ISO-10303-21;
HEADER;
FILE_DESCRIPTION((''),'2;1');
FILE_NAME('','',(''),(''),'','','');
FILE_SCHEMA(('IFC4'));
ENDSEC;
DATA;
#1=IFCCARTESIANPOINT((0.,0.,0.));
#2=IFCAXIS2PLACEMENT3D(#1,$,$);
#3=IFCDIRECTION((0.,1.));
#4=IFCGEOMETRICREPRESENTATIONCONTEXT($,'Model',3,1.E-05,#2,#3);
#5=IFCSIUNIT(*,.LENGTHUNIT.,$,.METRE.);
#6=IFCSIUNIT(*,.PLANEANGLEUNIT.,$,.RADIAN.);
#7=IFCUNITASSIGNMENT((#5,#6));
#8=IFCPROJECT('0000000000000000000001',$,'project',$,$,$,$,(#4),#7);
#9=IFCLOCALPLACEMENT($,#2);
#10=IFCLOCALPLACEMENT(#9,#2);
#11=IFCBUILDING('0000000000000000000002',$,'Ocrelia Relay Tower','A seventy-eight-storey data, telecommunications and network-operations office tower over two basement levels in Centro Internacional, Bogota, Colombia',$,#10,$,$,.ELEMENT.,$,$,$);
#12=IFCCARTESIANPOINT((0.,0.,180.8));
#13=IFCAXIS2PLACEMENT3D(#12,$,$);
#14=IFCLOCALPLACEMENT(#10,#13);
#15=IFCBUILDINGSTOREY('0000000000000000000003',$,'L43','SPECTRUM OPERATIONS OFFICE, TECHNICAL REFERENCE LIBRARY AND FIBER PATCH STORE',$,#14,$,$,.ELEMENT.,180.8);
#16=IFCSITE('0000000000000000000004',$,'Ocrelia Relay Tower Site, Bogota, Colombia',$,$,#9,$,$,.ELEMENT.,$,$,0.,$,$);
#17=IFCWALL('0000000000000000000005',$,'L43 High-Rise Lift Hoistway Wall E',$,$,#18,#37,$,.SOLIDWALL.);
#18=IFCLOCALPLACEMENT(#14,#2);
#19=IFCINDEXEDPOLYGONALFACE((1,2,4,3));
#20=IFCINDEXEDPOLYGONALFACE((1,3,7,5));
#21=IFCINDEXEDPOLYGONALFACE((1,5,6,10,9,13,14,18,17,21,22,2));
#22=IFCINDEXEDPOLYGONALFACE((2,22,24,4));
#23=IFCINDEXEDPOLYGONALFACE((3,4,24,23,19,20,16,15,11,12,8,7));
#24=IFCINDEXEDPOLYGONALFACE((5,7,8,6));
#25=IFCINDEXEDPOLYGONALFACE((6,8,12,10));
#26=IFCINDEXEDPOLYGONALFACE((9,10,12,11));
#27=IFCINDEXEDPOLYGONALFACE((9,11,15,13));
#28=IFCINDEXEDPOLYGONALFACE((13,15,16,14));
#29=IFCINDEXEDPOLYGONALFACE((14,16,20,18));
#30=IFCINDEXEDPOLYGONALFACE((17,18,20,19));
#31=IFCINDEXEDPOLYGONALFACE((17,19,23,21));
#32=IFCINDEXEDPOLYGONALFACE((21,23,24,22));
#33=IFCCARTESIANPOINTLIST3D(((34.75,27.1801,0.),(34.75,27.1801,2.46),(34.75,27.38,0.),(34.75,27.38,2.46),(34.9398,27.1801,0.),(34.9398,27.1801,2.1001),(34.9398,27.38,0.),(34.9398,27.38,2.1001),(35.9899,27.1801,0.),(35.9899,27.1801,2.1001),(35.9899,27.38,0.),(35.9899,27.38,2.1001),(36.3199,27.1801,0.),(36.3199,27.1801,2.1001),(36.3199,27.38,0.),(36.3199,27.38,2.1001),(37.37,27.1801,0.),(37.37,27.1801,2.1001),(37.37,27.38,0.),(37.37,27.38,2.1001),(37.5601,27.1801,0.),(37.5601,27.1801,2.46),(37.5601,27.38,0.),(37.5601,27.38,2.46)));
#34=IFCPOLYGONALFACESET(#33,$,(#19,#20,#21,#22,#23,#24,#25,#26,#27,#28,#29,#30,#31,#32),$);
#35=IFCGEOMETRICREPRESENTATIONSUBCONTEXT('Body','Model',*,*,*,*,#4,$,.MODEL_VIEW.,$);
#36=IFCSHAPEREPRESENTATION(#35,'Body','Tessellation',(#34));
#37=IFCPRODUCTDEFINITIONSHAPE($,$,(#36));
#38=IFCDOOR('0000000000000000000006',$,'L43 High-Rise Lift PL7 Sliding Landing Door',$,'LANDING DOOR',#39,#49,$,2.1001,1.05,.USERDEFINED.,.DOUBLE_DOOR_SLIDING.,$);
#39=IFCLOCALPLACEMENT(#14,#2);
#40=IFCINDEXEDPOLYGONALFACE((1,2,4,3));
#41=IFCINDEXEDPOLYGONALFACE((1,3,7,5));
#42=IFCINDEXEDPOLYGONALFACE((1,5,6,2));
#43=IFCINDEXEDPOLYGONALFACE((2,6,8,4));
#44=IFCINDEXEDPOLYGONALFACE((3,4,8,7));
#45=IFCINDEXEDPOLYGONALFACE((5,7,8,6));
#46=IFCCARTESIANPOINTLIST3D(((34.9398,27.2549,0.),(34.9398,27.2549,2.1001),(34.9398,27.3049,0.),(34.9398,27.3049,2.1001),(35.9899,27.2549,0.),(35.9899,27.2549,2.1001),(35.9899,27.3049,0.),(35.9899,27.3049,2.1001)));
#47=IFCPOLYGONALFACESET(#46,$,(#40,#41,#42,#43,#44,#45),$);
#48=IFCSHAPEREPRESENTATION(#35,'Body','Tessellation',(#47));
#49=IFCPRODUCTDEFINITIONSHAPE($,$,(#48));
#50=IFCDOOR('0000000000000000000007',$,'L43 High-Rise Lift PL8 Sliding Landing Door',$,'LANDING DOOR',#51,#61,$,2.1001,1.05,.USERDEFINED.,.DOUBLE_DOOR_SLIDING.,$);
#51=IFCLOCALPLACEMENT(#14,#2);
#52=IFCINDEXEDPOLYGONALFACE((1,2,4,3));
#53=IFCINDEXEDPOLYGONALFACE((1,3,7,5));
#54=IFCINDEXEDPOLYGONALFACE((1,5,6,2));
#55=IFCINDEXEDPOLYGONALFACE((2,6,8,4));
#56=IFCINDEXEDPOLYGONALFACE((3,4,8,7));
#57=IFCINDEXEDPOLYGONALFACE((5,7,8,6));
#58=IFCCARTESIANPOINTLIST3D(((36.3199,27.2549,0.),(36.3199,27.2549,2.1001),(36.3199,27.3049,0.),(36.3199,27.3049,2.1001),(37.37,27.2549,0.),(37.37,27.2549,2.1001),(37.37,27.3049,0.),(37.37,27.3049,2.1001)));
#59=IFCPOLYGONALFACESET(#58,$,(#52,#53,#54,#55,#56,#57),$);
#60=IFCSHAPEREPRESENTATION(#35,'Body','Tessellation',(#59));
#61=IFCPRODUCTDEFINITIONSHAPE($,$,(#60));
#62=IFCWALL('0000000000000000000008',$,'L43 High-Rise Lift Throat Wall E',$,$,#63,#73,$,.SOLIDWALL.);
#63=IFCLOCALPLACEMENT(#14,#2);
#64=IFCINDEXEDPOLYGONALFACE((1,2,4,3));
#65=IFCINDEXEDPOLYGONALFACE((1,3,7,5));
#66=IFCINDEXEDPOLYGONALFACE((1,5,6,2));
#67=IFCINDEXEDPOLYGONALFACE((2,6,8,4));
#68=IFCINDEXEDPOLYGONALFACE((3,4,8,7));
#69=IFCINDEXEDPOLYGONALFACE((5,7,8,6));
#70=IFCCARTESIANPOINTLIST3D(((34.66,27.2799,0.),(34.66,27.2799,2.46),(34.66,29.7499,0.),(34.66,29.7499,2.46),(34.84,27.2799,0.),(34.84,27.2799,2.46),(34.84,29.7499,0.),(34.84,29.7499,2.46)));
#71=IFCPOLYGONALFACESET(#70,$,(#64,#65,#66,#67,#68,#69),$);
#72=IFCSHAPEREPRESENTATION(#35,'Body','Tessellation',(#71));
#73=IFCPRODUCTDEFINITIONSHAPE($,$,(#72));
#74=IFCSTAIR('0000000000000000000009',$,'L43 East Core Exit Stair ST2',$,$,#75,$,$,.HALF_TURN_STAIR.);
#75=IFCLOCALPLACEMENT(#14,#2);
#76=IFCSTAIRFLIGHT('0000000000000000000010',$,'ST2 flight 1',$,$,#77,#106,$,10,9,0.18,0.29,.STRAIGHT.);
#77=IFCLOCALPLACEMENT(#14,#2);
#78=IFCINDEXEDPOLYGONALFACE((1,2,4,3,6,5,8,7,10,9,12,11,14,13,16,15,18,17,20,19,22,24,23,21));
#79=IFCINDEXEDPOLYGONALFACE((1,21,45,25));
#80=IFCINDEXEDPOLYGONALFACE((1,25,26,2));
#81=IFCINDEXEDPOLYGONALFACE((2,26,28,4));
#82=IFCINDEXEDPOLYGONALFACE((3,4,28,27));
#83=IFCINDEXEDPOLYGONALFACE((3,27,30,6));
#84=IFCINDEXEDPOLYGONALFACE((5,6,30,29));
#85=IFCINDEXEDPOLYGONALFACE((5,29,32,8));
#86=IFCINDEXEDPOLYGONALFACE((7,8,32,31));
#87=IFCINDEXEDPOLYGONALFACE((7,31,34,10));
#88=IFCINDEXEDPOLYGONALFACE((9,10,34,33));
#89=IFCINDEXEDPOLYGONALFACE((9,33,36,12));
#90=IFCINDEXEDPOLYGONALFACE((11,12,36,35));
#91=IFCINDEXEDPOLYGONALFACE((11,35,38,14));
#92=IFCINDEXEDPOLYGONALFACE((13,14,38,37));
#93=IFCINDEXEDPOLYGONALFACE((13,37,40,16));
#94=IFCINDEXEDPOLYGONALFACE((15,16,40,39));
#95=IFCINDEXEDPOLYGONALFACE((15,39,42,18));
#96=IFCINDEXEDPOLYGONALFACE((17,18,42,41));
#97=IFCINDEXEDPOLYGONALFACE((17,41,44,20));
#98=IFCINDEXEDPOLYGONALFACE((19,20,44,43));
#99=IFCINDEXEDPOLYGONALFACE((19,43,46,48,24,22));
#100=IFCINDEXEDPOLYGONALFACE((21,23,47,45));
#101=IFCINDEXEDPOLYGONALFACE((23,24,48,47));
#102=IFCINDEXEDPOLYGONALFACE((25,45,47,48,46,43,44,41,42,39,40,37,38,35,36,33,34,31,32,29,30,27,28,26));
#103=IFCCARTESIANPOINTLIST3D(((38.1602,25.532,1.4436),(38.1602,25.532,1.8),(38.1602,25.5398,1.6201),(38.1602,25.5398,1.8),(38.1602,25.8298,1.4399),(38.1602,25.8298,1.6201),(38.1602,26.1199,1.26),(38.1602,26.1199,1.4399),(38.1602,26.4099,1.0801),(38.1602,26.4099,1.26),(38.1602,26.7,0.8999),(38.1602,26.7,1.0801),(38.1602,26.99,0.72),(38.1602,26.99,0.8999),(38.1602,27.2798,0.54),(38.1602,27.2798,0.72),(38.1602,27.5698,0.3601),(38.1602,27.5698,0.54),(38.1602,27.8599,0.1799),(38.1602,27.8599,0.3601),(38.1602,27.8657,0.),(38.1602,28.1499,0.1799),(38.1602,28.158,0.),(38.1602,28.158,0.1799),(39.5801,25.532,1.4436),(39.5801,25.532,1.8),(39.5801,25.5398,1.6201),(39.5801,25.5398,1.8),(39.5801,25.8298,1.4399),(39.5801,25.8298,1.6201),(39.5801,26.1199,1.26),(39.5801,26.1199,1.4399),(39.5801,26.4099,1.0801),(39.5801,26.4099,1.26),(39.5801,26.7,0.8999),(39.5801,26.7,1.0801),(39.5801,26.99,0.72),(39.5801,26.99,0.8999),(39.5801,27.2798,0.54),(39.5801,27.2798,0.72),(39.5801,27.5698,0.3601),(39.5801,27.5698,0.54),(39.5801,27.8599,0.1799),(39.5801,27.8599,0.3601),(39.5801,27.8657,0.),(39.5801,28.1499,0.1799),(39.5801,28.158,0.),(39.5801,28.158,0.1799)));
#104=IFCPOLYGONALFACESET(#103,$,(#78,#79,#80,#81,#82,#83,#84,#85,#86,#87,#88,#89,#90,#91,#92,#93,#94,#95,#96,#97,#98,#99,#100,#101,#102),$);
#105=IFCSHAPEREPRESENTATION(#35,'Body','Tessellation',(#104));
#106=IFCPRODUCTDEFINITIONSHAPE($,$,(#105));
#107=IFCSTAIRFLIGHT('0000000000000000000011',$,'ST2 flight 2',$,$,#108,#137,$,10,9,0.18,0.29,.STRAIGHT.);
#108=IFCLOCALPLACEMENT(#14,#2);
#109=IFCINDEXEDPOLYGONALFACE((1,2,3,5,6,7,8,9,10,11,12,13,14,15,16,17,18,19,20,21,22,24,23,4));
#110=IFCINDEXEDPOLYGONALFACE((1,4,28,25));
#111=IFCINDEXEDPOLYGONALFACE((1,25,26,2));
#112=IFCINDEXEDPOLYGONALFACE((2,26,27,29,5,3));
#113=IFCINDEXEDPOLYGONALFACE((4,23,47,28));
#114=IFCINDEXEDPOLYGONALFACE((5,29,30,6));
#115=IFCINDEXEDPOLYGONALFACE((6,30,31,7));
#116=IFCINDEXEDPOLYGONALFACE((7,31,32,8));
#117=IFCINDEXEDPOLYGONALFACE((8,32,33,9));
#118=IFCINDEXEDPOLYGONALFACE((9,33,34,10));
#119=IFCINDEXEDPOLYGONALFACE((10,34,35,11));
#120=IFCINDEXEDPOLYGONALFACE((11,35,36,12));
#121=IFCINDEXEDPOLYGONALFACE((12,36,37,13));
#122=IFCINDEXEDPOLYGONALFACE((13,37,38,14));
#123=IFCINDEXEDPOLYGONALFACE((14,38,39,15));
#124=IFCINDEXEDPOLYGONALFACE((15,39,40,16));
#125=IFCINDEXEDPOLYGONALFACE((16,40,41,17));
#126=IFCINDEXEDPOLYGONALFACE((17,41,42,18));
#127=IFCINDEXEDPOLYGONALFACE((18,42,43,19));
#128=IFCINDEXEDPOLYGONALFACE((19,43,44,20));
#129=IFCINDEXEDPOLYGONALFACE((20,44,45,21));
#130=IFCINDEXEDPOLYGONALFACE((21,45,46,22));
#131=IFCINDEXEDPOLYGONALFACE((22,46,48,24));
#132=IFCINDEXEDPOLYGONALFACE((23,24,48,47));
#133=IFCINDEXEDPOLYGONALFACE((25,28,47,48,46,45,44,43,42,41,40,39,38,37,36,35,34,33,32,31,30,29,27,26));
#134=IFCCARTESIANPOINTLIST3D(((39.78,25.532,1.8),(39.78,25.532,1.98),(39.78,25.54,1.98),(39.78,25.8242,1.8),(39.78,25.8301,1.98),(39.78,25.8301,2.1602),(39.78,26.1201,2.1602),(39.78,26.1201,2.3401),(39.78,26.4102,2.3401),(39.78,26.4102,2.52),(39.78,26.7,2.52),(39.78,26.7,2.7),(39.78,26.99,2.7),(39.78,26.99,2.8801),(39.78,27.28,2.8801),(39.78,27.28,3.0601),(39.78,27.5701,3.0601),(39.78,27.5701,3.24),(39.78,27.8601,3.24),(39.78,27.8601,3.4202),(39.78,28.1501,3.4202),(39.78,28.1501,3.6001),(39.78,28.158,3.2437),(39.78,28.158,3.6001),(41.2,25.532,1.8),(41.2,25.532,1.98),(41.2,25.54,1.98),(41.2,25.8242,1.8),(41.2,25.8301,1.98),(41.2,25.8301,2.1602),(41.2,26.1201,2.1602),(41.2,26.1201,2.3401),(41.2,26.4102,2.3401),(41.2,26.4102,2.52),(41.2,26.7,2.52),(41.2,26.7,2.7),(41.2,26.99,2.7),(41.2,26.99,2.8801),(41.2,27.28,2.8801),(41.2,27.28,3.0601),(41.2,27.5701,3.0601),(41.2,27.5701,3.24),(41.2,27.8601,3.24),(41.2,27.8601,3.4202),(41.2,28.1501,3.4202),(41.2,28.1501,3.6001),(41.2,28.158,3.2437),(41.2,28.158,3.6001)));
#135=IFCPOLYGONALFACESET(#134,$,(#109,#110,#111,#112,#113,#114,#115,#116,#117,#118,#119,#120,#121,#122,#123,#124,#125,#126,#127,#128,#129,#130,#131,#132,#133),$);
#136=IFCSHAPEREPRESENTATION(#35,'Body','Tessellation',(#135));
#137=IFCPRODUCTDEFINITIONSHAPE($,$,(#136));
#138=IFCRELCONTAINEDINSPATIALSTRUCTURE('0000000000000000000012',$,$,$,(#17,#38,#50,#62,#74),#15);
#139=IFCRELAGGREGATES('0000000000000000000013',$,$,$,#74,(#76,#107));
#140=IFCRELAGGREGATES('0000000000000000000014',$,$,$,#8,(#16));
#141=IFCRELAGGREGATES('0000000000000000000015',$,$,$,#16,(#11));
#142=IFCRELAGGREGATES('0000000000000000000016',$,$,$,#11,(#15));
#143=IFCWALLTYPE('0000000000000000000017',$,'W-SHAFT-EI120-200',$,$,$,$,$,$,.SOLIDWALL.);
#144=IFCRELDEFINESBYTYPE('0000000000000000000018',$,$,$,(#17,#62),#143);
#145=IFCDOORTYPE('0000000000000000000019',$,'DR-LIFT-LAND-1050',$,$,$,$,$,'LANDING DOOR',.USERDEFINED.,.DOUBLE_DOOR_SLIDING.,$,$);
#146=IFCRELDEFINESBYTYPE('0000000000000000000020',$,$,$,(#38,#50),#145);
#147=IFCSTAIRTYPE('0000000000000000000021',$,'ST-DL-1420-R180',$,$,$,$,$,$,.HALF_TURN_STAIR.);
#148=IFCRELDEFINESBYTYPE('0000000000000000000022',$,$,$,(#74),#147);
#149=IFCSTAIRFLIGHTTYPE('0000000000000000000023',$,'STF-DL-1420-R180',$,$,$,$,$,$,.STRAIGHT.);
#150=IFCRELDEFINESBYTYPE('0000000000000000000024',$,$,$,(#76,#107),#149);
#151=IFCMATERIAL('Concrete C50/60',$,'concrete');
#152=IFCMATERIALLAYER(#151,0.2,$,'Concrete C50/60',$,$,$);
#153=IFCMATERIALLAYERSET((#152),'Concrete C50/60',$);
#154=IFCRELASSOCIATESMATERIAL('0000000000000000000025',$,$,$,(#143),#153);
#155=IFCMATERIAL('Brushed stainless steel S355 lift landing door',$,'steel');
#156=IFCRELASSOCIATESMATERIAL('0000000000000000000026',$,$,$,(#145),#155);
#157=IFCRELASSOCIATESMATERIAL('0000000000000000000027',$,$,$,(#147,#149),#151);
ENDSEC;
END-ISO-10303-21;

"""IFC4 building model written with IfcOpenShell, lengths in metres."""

from ifc_helpers import new_model, si_unit, direction, frame, frame_2d, origin, place, context, subcontext, project, spatial, polyline, rectangle, outline, extrude, material, layer, layer_set, type_object, element, fill, aggregate, save


model = new_model("IFC4")

# Units and contexts
model_context = context("Model", 3, precision=1e-05, world=origin(), true_north=direction((0.0, 1.0)))
body_context = subcontext(model_context, "Body", "Model", "MODEL_VIEW")
ifc_project = project(units=[si_unit("LENGTHUNIT", "METRE"), si_unit("PLANEANGLEUNIT", "RADIAN")], contexts=[model_context])

# Site, building, storey
site_placement = place(None, origin())
site = spatial("IfcSite", under=ifc_project, at=site_placement, Name="Ocrelia Relay Tower Site, Bogota, Colombia", CompositionType="ELEMENT", RefElevation=0.0)
building_placement = place(site_placement, origin())
building = spatial("IfcBuilding", under=site, at=building_placement, Name="Ocrelia Relay Tower", Description="A seventy-eight-storey data, telecommunications and network-operations office tower over two basement levels in Centro Internacional, Bogota, Colombia", CompositionType="ELEMENT")
storey_placement = place(building_placement, frame((0.0, 0.0, 180.8)))
storey = spatial("IfcBuildingStorey", under=building, at=storey_placement, Name="L43", Description="SPECTRUM OPERATIONS OFFICE, TECHNICAL REFERENCE LIBRARY AND FIBER PATCH STORE", CompositionType="ELEMENT", Elevation=180.8)

# Shared definitions
ifc_material_1 = material(Name="Concrete C50/60", Category="concrete")
ifc_layer_1 = layer(ifc_material_1, 0.2, Name="Concrete C50/60")
ifc_layer_set_1 = layer_set([ifc_layer_1], Name="Concrete C50/60")
wall_type_1 = type_object("IfcWallType", Name="W-SHAFT-EI120-200", PredefinedType="SOLIDWALL", material=ifc_layer_set_1)

# Wall, openings, doors
wall_1_placement = place(storey_placement, frame((34.75, 27.28, 0.0), z_axis=(0.0, 0.0, 1.0), x_axis=(1.0, 0.0, 0.0)))
wall_1 = element("IfcWall", 1, at=wall_1_placement, inside=storey, type_object=wall_type_1, Name="L43 High-Rise Lift Hoistway Wall E", PredefinedType="SOLIDWALL", context=body_context, shape_type="SweptSolid", body=[
    extrude(rectangle(XDim=2.8101, YDim=0.2, at=frame_2d((1.405, 0.0))), origin(), (0.0, 0.0, 1.0), 2.46),
])
opening_1_placement = place(wall_1_placement, frame((0.1899, 0.0, 0.0)))
opening_1 = element("IfcOpeningElement", 2, at=opening_1_placement, cuts=wall_1, PredefinedType="OPENING", context=body_context, shape_type="SweptSolid", body=[
    extrude(rectangle(XDim=1.05, YDim=2.1001, at=frame_2d((0.5249, 1.05))), frame((0.0, 0.1099, 0.0), z_axis=(0.0, -1.0, 0.0), x_axis=(1.0, 0.0, 0.0)), (0.0, 0.0, 1.0), 0.22),
])
opening_2_placement = place(wall_1_placement, frame((1.5701, 0.0, 0.0)))
opening_2 = element("IfcOpeningElement", 3, at=opening_2_placement, cuts=wall_1, PredefinedType="OPENING", context=body_context, shape_type="SweptSolid", body=[
    extrude(rectangle(XDim=1.05, YDim=2.1001, at=frame_2d((0.5249, 1.05))), frame((0.0, 0.1099, 0.0), z_axis=(0.0, -1.0, 0.0), x_axis=(1.0, 0.0, 0.0)), (0.0, 0.0, 1.0), 0.22),
])
ifc_material_2 = material(Name="Brushed stainless steel S355 lift landing door", Category="steel")
door_type = type_object("IfcDoorType", Name="DR-LIFT-LAND-1050", ElementType="LANDING DOOR", OperationType="DOUBLE_DOOR_SLIDING", PredefinedType="USERDEFINED", material=ifc_material_2)
door_1_placement = place(opening_1_placement, origin())
door_1 = element("IfcDoor", 4, at=door_1_placement, inside=storey, type_object=door_type, Name="L43 High-Rise Lift PL7 Sliding Landing Door", ObjectType="LANDING DOOR", OperationType="DOUBLE_DOOR_SLIDING", OverallHeight=2.1001, OverallWidth=1.05, PredefinedType="USERDEFINED", context=body_context, shape_type="SweptSolid", body=[
    extrude(rectangle(XDim=1.05, YDim=2.1001, at=frame_2d((0.5249, 1.05))), frame((0.0, 0.0249, 0.0), z_axis=(0.0, -1.0, 0.0), x_axis=(1.0, 0.0, 0.0)), (0.0, 0.0, 1.0), 0.05),
])
fill(opening_1, door_1)
door_2_placement = place(opening_2_placement, origin())
door_2 = element("IfcDoor", 5, at=door_2_placement, inside=storey, type_object=door_type, Name="L43 High-Rise Lift PL8 Sliding Landing Door", ObjectType="LANDING DOOR", OperationType="DOUBLE_DOOR_SLIDING", OverallHeight=2.1001, OverallWidth=1.05, PredefinedType="USERDEFINED", context=body_context, shape_type="SweptSolid", body=[
    extrude(rectangle(XDim=1.05, YDim=2.1001, at=frame_2d((0.5249, 1.05))), frame((0.0, 0.0249, 0.0), z_axis=(0.0, -1.0, 0.0), x_axis=(1.0, 0.0, 0.0)), (0.0, 0.0, 1.0), 0.05),
])
fill(opening_2, door_2)

# Wall
wall_2_placement = place(storey_placement, frame((34.75, 27.28, 0.0), z_axis=(0.0, 0.0, 1.0), x_axis=(0.0, 1.0, 0.0)))
element("IfcWall", 6, at=wall_2_placement, inside=storey, type_object=wall_type_1, Name="L43 High-Rise Lift Throat Wall E", PredefinedType="SOLIDWALL", context=body_context, shape_type="SweptSolid", body=[
    extrude(rectangle(XDim=2.47, YDim=0.1799, at=frame_2d((1.2349, 0.0))), origin(), (0.0, 0.0, 1.0), 2.46),
])

# Stair, stair flights
stair_type = type_object("IfcStairType", Name="ST-DL-1420-R180", PredefinedType="HALF_TURN_STAIR", material=ifc_material_1)
stair_placement = place(storey_placement, origin())
stair = element("IfcStair", 7, at=stair_placement, inside=storey, type_object=stair_type, Name="L43 East Core Exit Stair ST2", PredefinedType="HALF_TURN_STAIR")
stair_flight_type = type_object("IfcStairFlightType", Name="STF-DL-1420-R180", PredefinedType="STRAIGHT", material=ifc_material_1)
stair_flight_1_placement = place(storey_placement, frame((38.8701, 28.1499, 0.0), z_axis=(0.0, 0.0, 1.0), x_axis=(0.0, -1.0, 0.0)))
stair_flight_1 = element("IfcStairFlight", 8, at=stair_flight_1_placement, type_object=stair_flight_type, Name="ST2 flight 1", NumberOfRisers=10, NumberOfTreads=9, PredefinedType="STRAIGHT", RiserHeight=0.18, TreadLength=0.29, context=body_context, shape_type="SweptSolid", body=[
    extrude(outline(polyline([(-0.0081, 0.0), (-0.0081, 0.1799), (0.0, 0.1799), (0.29, 0.1799), (0.29, 0.3601), (0.5801, 0.3601), (0.5801, 0.54), (0.8701, 0.54), (0.8701, 0.72), (1.1599, 0.72), (1.1599, 0.8999), (1.45, 0.8999), (1.45, 1.0801), (1.74, 1.0801), (1.74, 1.26), (2.03, 1.26), (2.03, 1.4399), (2.3201, 1.4399), (2.3201, 1.6201), (2.6101, 1.6201), (2.6101, 1.8), (2.6179, 1.8), (2.6179, 1.4436), (0.2842, 0.0), (-0.0081, 0.0)])), frame((0.0, 0.71, 0.0), z_axis=(0.0, -1.0, 0.0), x_axis=(1.0, 0.0, 0.0)), (0.0, 0.0, 1.0), 1.4199),
])
stair_flight_2_placement = place(storey_placement, frame((40.49, 25.54, 1.8), z_axis=(0.0, 0.0, 1.0), x_axis=(0.0, 1.0, 0.0)))
stair_flight_2 = element("IfcStairFlight", 9, at=stair_flight_2_placement, type_object=stair_flight_type, Name="ST2 flight 2", NumberOfRisers=10, NumberOfTreads=9, PredefinedType="STRAIGHT", RiserHeight=0.18, TreadLength=0.29, context=body_context, shape_type="SweptSolid", body=[
    extrude(outline(polyline([(-0.0081, 0.0), (-0.0081, 0.1799), (0.0, 0.1799), (0.29, 0.1799), (0.29, 0.3601), (0.5801, 0.3601), (0.5801, 0.54), (0.8701, 0.54), (0.8701, 0.72), (1.1599, 0.72), (1.1599, 0.8999), (1.45, 0.8999), (1.45, 1.0801), (1.74, 1.0801), (1.74, 1.26), (2.03, 1.26), (2.03, 1.4399), (2.3201, 1.4399), (2.3201, 1.6201), (2.6101, 1.6201), (2.6101, 1.8), (2.6179, 1.8), (2.6179, 1.4436), (0.2842, 0.0), (-0.0081, 0.0)])), frame((0.0, 0.71, 0.0), z_axis=(0.0, -1.0, 0.0), x_axis=(1.0, 0.0, 0.0)), (0.0, 0.0, 1.0), 1.4199),
])
aggregate(stair, [stair_flight_1, stair_flight_2])

save(model, "model.ifc")
